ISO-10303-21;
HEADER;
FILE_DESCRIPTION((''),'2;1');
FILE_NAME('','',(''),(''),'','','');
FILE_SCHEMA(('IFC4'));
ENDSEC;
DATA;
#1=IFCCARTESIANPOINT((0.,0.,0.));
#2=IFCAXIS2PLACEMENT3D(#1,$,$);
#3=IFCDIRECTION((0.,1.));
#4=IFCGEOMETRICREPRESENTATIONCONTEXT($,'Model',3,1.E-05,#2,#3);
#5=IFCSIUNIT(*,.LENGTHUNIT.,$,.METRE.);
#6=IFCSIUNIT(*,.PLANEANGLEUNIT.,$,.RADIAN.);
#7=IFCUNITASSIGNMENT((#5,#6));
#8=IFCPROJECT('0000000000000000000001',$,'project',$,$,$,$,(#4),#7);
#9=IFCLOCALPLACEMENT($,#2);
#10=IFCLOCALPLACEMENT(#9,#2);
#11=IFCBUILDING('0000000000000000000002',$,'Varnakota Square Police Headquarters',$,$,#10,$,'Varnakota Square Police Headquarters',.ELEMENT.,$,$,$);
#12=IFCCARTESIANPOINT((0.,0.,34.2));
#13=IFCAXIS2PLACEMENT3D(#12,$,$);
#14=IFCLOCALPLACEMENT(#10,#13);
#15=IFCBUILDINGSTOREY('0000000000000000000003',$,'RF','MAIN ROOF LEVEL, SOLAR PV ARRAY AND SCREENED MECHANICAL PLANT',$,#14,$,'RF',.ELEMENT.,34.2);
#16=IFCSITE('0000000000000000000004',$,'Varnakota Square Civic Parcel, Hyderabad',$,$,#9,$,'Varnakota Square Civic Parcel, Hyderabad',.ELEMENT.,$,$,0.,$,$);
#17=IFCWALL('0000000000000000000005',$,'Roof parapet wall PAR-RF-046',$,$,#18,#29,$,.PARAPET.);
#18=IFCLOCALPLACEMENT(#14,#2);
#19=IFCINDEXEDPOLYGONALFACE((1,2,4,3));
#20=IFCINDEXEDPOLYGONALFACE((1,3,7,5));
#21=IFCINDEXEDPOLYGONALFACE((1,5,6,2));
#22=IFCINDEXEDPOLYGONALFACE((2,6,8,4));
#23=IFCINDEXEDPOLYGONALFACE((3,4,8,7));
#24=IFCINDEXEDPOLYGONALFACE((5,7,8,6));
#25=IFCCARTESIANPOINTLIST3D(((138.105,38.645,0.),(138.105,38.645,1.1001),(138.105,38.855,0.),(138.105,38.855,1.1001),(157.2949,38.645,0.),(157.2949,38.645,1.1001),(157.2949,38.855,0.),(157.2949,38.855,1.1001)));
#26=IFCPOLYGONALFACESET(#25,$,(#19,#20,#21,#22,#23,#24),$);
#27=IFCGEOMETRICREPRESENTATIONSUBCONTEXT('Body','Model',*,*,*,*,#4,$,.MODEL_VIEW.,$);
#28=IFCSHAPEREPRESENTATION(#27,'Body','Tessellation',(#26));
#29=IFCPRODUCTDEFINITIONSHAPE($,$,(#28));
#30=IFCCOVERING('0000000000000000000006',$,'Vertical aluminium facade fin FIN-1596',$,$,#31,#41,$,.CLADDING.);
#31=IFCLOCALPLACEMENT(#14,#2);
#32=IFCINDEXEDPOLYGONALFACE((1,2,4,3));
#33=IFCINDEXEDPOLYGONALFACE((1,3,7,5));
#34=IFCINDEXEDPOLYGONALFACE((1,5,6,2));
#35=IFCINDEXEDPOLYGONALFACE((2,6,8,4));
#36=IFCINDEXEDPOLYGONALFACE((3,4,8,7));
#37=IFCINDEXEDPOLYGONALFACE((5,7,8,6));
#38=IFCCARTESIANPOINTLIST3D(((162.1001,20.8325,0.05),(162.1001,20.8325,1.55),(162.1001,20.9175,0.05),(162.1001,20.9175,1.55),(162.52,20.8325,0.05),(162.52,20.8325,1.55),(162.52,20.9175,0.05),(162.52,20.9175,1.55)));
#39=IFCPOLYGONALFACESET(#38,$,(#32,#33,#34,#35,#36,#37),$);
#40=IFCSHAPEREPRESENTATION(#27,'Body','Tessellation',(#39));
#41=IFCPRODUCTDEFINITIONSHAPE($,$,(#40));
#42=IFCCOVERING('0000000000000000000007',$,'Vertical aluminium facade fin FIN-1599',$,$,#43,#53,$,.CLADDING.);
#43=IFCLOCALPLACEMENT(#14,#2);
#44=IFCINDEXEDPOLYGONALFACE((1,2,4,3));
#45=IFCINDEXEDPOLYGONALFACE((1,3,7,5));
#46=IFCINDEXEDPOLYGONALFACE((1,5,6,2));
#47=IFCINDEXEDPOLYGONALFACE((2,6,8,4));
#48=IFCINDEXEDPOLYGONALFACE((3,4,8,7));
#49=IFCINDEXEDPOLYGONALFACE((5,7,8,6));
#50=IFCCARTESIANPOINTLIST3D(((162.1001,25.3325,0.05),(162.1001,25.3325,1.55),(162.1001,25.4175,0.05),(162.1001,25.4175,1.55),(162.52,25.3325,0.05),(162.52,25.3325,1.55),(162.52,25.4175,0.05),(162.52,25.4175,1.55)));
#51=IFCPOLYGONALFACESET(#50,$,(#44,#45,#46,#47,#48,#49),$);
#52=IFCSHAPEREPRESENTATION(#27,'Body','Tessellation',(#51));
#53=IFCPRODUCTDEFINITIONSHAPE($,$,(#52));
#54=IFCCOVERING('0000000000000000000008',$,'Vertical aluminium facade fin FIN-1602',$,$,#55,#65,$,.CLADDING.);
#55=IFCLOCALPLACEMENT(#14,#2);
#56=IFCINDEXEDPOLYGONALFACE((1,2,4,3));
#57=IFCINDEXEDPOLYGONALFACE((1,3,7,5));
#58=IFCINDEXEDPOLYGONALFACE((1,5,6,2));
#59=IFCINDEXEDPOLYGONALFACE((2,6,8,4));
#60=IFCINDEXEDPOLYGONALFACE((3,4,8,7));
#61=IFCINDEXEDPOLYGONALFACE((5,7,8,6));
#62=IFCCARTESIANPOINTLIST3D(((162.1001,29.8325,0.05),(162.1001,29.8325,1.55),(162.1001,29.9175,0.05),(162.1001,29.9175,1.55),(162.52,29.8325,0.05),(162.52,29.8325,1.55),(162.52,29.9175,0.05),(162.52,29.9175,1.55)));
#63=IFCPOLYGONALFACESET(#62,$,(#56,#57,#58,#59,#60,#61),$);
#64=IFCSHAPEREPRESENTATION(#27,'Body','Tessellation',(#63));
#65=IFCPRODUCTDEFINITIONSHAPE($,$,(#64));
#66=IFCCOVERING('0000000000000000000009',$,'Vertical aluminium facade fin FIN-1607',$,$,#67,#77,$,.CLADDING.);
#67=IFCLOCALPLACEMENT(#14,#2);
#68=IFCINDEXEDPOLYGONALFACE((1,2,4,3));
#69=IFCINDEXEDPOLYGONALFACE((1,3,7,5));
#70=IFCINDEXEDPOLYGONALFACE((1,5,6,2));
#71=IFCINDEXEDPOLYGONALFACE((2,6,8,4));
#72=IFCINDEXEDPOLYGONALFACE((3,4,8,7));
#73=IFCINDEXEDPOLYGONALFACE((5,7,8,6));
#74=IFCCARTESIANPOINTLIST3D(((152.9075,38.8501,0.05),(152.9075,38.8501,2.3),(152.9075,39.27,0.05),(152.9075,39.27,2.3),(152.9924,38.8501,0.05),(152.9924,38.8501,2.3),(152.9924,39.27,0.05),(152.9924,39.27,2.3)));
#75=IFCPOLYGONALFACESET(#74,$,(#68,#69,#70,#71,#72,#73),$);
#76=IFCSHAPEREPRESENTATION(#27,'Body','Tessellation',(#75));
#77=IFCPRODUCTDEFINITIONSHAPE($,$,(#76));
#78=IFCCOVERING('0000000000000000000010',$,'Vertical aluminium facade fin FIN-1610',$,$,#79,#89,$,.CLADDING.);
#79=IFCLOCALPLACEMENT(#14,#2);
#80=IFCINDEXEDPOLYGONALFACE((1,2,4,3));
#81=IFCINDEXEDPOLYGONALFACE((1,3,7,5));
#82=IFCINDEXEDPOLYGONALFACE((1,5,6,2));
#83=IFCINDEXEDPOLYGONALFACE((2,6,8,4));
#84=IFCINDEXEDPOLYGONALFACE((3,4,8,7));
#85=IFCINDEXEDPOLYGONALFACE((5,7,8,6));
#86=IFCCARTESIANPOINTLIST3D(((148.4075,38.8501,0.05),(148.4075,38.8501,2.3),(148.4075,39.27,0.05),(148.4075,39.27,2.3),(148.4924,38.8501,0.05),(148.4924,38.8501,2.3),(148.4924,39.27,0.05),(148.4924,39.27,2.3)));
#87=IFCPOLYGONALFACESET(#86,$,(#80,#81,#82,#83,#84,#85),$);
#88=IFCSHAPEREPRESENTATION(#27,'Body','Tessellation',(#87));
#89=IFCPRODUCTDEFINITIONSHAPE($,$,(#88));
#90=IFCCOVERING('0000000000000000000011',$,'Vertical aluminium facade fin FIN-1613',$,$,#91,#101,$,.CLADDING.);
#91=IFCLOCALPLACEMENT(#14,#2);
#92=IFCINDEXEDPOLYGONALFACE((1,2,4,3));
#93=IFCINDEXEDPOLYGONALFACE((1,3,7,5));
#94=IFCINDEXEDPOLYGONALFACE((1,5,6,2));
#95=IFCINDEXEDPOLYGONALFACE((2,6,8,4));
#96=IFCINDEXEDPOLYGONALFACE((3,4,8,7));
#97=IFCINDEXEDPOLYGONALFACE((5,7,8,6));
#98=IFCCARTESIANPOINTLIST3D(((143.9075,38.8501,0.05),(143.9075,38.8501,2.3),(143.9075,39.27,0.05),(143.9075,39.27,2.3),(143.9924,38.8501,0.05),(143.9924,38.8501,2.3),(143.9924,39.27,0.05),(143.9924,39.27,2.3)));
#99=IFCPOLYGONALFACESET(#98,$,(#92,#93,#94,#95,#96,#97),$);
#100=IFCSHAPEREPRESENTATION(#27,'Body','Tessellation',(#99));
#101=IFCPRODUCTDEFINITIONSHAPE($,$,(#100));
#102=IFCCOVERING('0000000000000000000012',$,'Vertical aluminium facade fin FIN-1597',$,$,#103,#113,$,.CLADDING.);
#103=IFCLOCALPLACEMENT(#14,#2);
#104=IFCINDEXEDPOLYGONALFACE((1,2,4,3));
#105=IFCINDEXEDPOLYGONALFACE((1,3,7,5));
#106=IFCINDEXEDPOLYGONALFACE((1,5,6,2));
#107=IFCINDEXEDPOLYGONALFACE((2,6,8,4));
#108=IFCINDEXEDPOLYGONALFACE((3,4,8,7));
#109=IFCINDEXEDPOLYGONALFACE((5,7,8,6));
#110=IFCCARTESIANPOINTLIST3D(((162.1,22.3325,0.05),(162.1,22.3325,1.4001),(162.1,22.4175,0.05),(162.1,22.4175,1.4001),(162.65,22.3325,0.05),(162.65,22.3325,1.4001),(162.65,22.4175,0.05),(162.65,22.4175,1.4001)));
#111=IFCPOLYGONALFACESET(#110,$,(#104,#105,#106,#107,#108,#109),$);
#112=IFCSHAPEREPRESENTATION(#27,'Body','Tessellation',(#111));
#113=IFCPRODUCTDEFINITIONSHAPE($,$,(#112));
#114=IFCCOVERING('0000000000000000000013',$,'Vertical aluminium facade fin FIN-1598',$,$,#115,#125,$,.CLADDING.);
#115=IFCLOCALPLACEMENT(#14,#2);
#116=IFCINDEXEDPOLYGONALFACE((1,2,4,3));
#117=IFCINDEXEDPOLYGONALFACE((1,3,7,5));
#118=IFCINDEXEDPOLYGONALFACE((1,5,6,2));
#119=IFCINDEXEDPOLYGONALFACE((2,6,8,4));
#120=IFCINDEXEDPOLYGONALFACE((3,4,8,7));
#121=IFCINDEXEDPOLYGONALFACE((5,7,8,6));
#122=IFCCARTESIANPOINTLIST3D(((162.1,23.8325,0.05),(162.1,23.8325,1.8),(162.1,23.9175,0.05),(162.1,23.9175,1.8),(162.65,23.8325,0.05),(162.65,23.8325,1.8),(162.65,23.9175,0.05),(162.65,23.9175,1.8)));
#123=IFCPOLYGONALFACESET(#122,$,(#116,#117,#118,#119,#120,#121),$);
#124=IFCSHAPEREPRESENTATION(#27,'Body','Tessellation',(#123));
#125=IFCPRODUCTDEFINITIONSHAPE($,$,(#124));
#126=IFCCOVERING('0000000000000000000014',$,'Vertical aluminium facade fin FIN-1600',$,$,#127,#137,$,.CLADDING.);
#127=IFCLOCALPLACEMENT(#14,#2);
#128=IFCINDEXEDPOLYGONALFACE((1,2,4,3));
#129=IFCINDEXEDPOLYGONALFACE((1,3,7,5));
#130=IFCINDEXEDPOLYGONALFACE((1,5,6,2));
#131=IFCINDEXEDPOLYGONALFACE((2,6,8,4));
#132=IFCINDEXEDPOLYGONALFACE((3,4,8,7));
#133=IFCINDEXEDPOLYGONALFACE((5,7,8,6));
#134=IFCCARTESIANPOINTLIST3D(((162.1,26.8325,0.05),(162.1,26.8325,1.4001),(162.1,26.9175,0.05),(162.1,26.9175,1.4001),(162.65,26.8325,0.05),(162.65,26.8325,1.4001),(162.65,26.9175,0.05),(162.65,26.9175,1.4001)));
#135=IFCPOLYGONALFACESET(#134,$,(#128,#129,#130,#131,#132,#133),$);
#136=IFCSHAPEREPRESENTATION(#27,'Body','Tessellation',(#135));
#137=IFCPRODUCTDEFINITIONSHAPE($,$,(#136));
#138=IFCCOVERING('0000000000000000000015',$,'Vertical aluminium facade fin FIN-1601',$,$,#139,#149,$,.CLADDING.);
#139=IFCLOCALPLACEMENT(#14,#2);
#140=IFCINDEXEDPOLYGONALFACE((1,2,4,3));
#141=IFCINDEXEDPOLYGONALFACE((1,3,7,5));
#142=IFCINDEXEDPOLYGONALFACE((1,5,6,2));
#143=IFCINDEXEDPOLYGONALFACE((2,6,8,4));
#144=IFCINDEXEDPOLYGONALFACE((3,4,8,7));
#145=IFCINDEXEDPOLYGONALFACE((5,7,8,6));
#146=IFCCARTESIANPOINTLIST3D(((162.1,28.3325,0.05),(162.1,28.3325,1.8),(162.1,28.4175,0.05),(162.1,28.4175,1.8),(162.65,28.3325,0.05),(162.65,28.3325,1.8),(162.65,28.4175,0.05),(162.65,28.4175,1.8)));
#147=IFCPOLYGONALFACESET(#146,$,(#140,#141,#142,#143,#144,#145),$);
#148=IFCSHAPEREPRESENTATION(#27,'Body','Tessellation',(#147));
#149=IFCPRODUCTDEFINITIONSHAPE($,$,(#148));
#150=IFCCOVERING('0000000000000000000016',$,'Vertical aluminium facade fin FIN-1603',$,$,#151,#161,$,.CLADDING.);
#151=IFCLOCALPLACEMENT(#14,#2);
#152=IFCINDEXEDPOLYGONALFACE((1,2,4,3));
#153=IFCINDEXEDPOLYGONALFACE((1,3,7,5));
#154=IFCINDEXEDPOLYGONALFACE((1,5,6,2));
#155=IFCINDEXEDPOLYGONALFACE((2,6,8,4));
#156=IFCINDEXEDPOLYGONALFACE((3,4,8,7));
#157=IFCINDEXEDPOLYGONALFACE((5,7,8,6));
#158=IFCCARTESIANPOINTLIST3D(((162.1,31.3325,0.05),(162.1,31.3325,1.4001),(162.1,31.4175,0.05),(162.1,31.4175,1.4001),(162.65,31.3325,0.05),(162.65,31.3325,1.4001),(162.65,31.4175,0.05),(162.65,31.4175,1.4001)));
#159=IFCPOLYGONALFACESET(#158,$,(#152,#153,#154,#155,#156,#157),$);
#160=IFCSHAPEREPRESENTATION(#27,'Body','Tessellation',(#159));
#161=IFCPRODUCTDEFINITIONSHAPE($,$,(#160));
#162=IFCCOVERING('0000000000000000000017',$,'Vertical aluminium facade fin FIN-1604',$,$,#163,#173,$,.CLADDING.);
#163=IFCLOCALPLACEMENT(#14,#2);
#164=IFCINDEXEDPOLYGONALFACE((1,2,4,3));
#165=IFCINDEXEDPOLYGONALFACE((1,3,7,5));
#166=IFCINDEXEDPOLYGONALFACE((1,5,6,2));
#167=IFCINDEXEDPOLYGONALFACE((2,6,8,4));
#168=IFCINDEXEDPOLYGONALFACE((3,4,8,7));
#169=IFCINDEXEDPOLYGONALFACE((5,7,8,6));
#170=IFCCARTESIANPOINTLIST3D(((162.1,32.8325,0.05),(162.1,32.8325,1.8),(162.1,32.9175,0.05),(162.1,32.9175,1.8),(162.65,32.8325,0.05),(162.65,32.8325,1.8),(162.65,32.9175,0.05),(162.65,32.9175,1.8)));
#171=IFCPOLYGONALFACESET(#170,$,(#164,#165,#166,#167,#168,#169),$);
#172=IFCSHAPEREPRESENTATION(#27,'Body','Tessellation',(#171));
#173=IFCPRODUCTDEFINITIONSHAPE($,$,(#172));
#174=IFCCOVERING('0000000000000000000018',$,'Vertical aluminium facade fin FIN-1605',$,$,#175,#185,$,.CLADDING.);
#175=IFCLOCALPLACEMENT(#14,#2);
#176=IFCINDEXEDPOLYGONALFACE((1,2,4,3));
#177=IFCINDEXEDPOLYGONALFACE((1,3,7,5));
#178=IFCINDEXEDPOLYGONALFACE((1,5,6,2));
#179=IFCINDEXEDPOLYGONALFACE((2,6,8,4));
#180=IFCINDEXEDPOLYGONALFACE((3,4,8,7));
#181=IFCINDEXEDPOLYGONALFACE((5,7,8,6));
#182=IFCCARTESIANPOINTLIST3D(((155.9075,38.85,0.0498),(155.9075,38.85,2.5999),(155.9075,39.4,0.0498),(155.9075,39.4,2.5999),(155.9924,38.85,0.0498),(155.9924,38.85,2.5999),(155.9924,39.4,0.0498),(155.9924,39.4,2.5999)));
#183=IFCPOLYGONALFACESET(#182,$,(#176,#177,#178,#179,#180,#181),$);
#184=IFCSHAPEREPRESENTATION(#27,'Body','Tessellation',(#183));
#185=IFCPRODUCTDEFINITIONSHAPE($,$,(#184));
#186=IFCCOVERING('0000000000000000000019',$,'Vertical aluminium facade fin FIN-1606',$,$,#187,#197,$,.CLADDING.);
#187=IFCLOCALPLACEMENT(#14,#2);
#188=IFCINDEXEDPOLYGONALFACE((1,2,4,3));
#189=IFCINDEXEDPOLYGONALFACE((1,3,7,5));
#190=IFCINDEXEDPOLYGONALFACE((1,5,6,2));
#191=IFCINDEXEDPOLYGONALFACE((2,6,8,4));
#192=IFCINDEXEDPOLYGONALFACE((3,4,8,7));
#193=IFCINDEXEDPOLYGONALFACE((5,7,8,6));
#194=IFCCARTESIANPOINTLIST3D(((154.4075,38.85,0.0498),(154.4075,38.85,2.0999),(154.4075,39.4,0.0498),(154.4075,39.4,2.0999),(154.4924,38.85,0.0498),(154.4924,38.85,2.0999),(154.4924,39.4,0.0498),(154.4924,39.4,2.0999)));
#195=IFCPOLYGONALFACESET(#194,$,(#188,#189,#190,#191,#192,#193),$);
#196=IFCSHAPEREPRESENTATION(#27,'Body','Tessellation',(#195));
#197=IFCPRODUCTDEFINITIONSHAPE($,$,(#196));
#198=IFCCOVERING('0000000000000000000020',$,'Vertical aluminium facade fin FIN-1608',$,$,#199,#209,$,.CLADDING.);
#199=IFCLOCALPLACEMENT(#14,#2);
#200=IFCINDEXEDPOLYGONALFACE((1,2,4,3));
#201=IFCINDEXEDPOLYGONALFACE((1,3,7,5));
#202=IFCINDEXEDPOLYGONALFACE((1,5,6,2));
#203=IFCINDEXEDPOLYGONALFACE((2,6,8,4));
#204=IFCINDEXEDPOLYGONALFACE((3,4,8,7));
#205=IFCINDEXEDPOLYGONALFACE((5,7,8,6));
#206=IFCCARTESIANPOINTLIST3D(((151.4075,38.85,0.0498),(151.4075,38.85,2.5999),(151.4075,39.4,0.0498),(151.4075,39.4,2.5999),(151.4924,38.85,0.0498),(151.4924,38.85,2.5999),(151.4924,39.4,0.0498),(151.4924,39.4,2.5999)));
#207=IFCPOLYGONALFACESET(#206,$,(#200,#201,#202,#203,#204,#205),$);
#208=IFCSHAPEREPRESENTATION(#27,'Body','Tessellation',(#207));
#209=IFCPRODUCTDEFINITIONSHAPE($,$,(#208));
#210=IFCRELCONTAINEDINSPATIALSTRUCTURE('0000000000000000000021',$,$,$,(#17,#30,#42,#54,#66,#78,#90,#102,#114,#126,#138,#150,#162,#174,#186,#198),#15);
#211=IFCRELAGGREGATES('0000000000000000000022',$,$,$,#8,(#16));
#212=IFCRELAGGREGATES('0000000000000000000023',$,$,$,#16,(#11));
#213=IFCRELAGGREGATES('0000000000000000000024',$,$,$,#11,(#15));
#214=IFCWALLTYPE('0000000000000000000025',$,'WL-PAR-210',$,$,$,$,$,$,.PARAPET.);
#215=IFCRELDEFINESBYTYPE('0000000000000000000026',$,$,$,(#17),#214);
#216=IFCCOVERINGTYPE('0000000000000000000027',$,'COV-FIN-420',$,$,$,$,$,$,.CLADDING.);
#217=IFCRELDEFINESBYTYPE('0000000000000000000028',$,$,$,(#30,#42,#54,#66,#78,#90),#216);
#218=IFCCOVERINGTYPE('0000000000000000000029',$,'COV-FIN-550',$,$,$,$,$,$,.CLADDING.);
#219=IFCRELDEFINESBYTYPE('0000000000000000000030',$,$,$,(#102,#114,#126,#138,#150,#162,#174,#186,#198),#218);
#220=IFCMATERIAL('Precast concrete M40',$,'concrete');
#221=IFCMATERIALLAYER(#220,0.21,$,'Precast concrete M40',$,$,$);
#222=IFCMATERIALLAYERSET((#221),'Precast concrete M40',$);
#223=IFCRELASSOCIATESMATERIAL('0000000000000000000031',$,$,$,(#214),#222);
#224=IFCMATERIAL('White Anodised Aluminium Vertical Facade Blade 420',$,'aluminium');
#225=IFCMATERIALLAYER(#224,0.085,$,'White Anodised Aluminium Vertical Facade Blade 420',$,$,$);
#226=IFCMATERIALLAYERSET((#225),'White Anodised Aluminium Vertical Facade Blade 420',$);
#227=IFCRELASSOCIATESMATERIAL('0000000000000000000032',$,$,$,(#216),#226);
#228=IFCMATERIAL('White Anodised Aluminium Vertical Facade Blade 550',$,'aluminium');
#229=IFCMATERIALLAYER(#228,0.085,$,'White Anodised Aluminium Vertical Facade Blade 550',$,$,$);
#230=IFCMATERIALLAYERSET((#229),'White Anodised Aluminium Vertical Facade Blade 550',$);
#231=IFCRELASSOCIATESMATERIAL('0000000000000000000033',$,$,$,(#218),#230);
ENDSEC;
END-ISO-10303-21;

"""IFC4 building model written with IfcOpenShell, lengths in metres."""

from ifc_helpers import new_model, si_unit, direction, frame, frame_2d, origin, origin_2d, place, context, subcontext, project, spatial, rectangle, extrude, material, layer, layer_set, type_object, element, save


model = new_model("IFC4")

# Units and contexts
model_context = context("Model", 3, precision=1e-05, world=origin(), true_north=direction((0.0, 1.0)))
body_context = subcontext(model_context, "Body", "Model", "MODEL_VIEW")
ifc_project = project(units=[si_unit("LENGTHUNIT", "METRE"), si_unit("PLANEANGLEUNIT", "RADIAN")], contexts=[model_context])

# Site, building, storey
site_placement = place(None, origin())
site = spatial("IfcSite", under=ifc_project, at=site_placement, Name="Varnakota Square Civic Parcel, Hyderabad", LongName="Varnakota Square Civic Parcel, Hyderabad", CompositionType="ELEMENT", RefElevation=0.0)
building_placement = place(site_placement, origin())
building = spatial("IfcBuilding", under=site, at=building_placement, Name="Varnakota Square Police Headquarters", LongName="Varnakota Square Police Headquarters", CompositionType="ELEMENT")
storey_placement = place(building_placement, frame((0.0, 0.0, 34.2)))
storey = spatial("IfcBuildingStorey", under=building, at=storey_placement, Name="RF", Description="MAIN ROOF LEVEL, SOLAR PV ARRAY AND SCREENED MECHANICAL PLANT", LongName="RF", CompositionType="ELEMENT", Elevation=34.2)

# Wall
ifc_material_1 = material(Name="Precast concrete M40", Category="concrete")
ifc_layer_1 = layer(ifc_material_1, 0.21, Name="Precast concrete M40")
ifc_layer_set_1 = layer_set([ifc_layer_1], Name="Precast concrete M40")
wall_type = type_object("IfcWallType", Name="WL-PAR-210", PredefinedType="PARAPET", material=ifc_layer_set_1)
wall_placement = place(storey_placement, frame((157.2949, 38.75, 0.0), z_axis=(0.0, 0.0, 1.0), x_axis=(-1.0, 0.0, 0.0)))
element("IfcWall", 1, at=wall_placement, inside=storey, type_object=wall_type, Name="Roof parapet wall PAR-RF-046", PredefinedType="PARAPET", context=body_context, shape_type="SweptSolid", body=[
    extrude(rectangle(XDim=19.1899, YDim=0.21, at=frame_2d((9.595, 0.0))), origin(), (0.0, 0.0, 1.0), 1.1001),
])

# Coverings
ifc_material_2 = material(Name="White Anodised Aluminium Vertical Facade Blade 420", Category="aluminium")
ifc_layer_2 = layer(ifc_material_2, 0.085, Name="White Anodised Aluminium Vertical Facade Blade 420")
ifc_layer_set_2 = layer_set([ifc_layer_2], Name="White Anodised Aluminium Vertical Facade Blade 420")
covering_type_1 = type_object("IfcCoveringType", Name="COV-FIN-420", PredefinedType="CLADDING", material=ifc_layer_set_2)
for number, where, z_axis, x_axis, name in (
    (2, (162.3101, 20.875, 0.05), (0.0, 0.0, 1.0), (0.0, 1.0, 0.0), "Vertical aluminium facade fin FIN-1596"),
    (3, (162.3101, 25.375, 0.05), (0.0, 0.0, 1.0), (0.0, 1.0, 0.0), "Vertical aluminium facade fin FIN-1599"),
    (4, (162.3101, 29.875, 0.05), (0.0, 0.0, 1.0), (0.0, 1.0, 0.0), "Vertical aluminium facade fin FIN-1602"),
):
    element("IfcCovering", number, at=place(storey_placement, frame(where, z_axis=z_axis, x_axis=x_axis)), inside=storey, type_object=covering_type_1, Name=name, PredefinedType="CLADDING", context=body_context, shape_type="SweptSolid", body=[
        extrude(rectangle(XDim=0.085, YDim=0.4199, at=origin_2d()), origin(), (0.0, 0.0, 1.0), 1.5),
    ])
for number, where, z_axis, x_axis, name in (
    (5, (152.95, 39.0601, 0.05), (0.0, 0.0, 1.0), (-1.0, 0.0, 0.0), "Vertical aluminium facade fin FIN-1607"),
    (6, (148.45, 39.0601, 0.05), (0.0, 0.0, 1.0), (-1.0, 0.0, 0.0), "Vertical aluminium facade fin FIN-1610"),
    (7, (143.95, 39.0601, 0.05), (0.0, 0.0, 1.0), (-1.0, 0.0, 0.0), "Vertical aluminium facade fin FIN-1613"),
):
    element("IfcCovering", number, at=place(storey_placement, frame(where, z_axis=z_axis, x_axis=x_axis)), inside=storey, type_object=covering_type_1, Name=name, PredefinedType="CLADDING", context=body_context, shape_type="SweptSolid", body=[
        extrude(rectangle(XDim=0.085, YDim=0.4199, at=origin_2d()), origin(), (0.0, 0.0, 1.0), 2.25),
    ])
ifc_material_3 = material(Name="White Anodised Aluminium Vertical Facade Blade 550", Category="aluminium")
ifc_layer_3 = layer(ifc_material_3, 0.085, Name="White Anodised Aluminium Vertical Facade Blade 550")
ifc_layer_set_3 = layer_set([ifc_layer_3], Name="White Anodised Aluminium Vertical Facade Blade 550")
covering_type_2 = type_object("IfcCoveringType", Name="COV-FIN-550", PredefinedType="CLADDING", material=ifc_layer_set_3)
covering_1_placement = place(storey_placement, frame((162.375, 22.375, 0.05), z_axis=(0.0, 0.0, 1.0), x_axis=(0.0, 1.0, 0.0)))
element("IfcCovering", 8, at=covering_1_placement, inside=storey, type_object=covering_type_2, Name="Vertical aluminium facade fin FIN-1597", PredefinedType="CLADDING", context=body_context, shape_type="SweptSolid", body=[
    extrude(rectangle(XDim=0.085, YDim=0.55, at=origin_2d()), origin(), (0.0, 0.0, 1.0), 1.3501),
])
covering_2_placement = place(storey_placement, frame((162.375, 23.875, 0.05), z_axis=(0.0, 0.0, 1.0), x_axis=(0.0, 1.0, 0.0)))
element("IfcCovering", 9, at=covering_2_placement, inside=storey, type_object=covering_type_2, Name="Vertical aluminium facade fin FIN-1598", PredefinedType="CLADDING", context=body_context, shape_type="SweptSolid", body=[
    extrude(rectangle(XDim=0.085, YDim=0.55, at=origin_2d()), origin(), (0.0, 0.0, 1.0), 1.75),
])
covering_3_placement = place(storey_placement, frame((162.375, 26.875, 0.05), z_axis=(0.0, 0.0, 1.0), x_axis=(0.0, 1.0, 0.0)))
element("IfcCovering", 10, at=covering_3_placement, inside=storey, type_object=covering_type_2, Name="Vertical aluminium facade fin FIN-1600", PredefinedType="CLADDING", context=body_context, shape_type="SweptSolid", body=[
    extrude(rectangle(XDim=0.085, YDim=0.55, at=origin_2d()), origin(), (0.0, 0.0, 1.0), 1.3501),
])
covering_4_placement = place(storey_placement, frame((162.375, 28.375, 0.05), z_axis=(0.0, 0.0, 1.0), x_axis=(0.0, 1.0, 0.0)))
element("IfcCovering", 11, at=covering_4_placement, inside=storey, type_object=covering_type_2, Name="Vertical aluminium facade fin FIN-1601", PredefinedType="CLADDING", context=body_context, shape_type="SweptSolid", body=[
    extrude(rectangle(XDim=0.085, YDim=0.55, at=origin_2d()), origin(), (0.0, 0.0, 1.0), 1.75),
])
covering_5_placement = place(storey_placement, frame((162.375, 31.375, 0.05), z_axis=(0.0, 0.0, 1.0), x_axis=(0.0, 1.0, 0.0)))
element("IfcCovering", 12, at=covering_5_placement, inside=storey, type_object=covering_type_2, Name="Vertical aluminium facade fin FIN-1603", PredefinedType="CLADDING", context=body_context, shape_type="SweptSolid", body=[
    extrude(rectangle(XDim=0.085, YDim=0.55, at=origin_2d()), origin(), (0.0, 0.0, 1.0), 1.3501),
])
covering_6_placement = place(storey_placement, frame((162.375, 32.875, 0.05), z_axis=(0.0, 0.0, 1.0), x_axis=(0.0, 1.0, 0.0)))
element("IfcCovering", 13, at=covering_6_placement, inside=storey, type_object=covering_type_2, Name="Vertical aluminium facade fin FIN-1604", PredefinedType="CLADDING", context=body_context, shape_type="SweptSolid", body=[
    extrude(rectangle(XDim=0.085, YDim=0.55, at=origin_2d()), origin(), (0.0, 0.0, 1.0), 1.75),
])
covering_7_placement = place(storey_placement, frame((155.95, 39.125, 0.0498), z_axis=(0.0, 0.0, 1.0), x_axis=(-1.0, 0.0, 0.0)))
element("IfcCovering", 14, at=covering_7_placement, inside=storey, type_object=covering_type_2, Name="Vertical aluminium facade fin FIN-1605", PredefinedType="CLADDING", context=body_context, shape_type="SweptSolid", body=[
    extrude(rectangle(XDim=0.085, YDim=0.55, at=origin_2d()), origin(), (0.0, 0.0, 1.0), 2.55),
])
covering_8_placement = place(storey_placement, frame((154.45, 39.125, 0.0498), z_axis=(0.0, 0.0, 1.0), x_axis=(-1.0, 0.0, 0.0)))
element("IfcCovering", 15, at=covering_8_placement, inside=storey, type_object=covering_type_2, Name="Vertical aluminium facade fin FIN-1606", PredefinedType="CLADDING", context=body_context, shape_type="SweptSolid", body=[
    extrude(rectangle(XDim=0.085, YDim=0.55, at=origin_2d()), origin(), (0.0, 0.0, 1.0), 2.05),
])
covering_9_placement = place(storey_placement, frame((151.45, 39.125, 0.0498), z_axis=(0.0, 0.0, 1.0), x_axis=(-1.0, 0.0, 0.0)))
element("IfcCovering", 16, at=covering_9_placement, inside=storey, type_object=covering_type_2, Name="Vertical aluminium facade fin FIN-1608", PredefinedType="CLADDING", context=body_context, shape_type="SweptSolid", body=[
    extrude(rectangle(XDim=0.085, YDim=0.55, at=origin_2d()), origin(), (0.0, 0.0, 1.0), 2.55),
])

save(model, "model.ifc")
